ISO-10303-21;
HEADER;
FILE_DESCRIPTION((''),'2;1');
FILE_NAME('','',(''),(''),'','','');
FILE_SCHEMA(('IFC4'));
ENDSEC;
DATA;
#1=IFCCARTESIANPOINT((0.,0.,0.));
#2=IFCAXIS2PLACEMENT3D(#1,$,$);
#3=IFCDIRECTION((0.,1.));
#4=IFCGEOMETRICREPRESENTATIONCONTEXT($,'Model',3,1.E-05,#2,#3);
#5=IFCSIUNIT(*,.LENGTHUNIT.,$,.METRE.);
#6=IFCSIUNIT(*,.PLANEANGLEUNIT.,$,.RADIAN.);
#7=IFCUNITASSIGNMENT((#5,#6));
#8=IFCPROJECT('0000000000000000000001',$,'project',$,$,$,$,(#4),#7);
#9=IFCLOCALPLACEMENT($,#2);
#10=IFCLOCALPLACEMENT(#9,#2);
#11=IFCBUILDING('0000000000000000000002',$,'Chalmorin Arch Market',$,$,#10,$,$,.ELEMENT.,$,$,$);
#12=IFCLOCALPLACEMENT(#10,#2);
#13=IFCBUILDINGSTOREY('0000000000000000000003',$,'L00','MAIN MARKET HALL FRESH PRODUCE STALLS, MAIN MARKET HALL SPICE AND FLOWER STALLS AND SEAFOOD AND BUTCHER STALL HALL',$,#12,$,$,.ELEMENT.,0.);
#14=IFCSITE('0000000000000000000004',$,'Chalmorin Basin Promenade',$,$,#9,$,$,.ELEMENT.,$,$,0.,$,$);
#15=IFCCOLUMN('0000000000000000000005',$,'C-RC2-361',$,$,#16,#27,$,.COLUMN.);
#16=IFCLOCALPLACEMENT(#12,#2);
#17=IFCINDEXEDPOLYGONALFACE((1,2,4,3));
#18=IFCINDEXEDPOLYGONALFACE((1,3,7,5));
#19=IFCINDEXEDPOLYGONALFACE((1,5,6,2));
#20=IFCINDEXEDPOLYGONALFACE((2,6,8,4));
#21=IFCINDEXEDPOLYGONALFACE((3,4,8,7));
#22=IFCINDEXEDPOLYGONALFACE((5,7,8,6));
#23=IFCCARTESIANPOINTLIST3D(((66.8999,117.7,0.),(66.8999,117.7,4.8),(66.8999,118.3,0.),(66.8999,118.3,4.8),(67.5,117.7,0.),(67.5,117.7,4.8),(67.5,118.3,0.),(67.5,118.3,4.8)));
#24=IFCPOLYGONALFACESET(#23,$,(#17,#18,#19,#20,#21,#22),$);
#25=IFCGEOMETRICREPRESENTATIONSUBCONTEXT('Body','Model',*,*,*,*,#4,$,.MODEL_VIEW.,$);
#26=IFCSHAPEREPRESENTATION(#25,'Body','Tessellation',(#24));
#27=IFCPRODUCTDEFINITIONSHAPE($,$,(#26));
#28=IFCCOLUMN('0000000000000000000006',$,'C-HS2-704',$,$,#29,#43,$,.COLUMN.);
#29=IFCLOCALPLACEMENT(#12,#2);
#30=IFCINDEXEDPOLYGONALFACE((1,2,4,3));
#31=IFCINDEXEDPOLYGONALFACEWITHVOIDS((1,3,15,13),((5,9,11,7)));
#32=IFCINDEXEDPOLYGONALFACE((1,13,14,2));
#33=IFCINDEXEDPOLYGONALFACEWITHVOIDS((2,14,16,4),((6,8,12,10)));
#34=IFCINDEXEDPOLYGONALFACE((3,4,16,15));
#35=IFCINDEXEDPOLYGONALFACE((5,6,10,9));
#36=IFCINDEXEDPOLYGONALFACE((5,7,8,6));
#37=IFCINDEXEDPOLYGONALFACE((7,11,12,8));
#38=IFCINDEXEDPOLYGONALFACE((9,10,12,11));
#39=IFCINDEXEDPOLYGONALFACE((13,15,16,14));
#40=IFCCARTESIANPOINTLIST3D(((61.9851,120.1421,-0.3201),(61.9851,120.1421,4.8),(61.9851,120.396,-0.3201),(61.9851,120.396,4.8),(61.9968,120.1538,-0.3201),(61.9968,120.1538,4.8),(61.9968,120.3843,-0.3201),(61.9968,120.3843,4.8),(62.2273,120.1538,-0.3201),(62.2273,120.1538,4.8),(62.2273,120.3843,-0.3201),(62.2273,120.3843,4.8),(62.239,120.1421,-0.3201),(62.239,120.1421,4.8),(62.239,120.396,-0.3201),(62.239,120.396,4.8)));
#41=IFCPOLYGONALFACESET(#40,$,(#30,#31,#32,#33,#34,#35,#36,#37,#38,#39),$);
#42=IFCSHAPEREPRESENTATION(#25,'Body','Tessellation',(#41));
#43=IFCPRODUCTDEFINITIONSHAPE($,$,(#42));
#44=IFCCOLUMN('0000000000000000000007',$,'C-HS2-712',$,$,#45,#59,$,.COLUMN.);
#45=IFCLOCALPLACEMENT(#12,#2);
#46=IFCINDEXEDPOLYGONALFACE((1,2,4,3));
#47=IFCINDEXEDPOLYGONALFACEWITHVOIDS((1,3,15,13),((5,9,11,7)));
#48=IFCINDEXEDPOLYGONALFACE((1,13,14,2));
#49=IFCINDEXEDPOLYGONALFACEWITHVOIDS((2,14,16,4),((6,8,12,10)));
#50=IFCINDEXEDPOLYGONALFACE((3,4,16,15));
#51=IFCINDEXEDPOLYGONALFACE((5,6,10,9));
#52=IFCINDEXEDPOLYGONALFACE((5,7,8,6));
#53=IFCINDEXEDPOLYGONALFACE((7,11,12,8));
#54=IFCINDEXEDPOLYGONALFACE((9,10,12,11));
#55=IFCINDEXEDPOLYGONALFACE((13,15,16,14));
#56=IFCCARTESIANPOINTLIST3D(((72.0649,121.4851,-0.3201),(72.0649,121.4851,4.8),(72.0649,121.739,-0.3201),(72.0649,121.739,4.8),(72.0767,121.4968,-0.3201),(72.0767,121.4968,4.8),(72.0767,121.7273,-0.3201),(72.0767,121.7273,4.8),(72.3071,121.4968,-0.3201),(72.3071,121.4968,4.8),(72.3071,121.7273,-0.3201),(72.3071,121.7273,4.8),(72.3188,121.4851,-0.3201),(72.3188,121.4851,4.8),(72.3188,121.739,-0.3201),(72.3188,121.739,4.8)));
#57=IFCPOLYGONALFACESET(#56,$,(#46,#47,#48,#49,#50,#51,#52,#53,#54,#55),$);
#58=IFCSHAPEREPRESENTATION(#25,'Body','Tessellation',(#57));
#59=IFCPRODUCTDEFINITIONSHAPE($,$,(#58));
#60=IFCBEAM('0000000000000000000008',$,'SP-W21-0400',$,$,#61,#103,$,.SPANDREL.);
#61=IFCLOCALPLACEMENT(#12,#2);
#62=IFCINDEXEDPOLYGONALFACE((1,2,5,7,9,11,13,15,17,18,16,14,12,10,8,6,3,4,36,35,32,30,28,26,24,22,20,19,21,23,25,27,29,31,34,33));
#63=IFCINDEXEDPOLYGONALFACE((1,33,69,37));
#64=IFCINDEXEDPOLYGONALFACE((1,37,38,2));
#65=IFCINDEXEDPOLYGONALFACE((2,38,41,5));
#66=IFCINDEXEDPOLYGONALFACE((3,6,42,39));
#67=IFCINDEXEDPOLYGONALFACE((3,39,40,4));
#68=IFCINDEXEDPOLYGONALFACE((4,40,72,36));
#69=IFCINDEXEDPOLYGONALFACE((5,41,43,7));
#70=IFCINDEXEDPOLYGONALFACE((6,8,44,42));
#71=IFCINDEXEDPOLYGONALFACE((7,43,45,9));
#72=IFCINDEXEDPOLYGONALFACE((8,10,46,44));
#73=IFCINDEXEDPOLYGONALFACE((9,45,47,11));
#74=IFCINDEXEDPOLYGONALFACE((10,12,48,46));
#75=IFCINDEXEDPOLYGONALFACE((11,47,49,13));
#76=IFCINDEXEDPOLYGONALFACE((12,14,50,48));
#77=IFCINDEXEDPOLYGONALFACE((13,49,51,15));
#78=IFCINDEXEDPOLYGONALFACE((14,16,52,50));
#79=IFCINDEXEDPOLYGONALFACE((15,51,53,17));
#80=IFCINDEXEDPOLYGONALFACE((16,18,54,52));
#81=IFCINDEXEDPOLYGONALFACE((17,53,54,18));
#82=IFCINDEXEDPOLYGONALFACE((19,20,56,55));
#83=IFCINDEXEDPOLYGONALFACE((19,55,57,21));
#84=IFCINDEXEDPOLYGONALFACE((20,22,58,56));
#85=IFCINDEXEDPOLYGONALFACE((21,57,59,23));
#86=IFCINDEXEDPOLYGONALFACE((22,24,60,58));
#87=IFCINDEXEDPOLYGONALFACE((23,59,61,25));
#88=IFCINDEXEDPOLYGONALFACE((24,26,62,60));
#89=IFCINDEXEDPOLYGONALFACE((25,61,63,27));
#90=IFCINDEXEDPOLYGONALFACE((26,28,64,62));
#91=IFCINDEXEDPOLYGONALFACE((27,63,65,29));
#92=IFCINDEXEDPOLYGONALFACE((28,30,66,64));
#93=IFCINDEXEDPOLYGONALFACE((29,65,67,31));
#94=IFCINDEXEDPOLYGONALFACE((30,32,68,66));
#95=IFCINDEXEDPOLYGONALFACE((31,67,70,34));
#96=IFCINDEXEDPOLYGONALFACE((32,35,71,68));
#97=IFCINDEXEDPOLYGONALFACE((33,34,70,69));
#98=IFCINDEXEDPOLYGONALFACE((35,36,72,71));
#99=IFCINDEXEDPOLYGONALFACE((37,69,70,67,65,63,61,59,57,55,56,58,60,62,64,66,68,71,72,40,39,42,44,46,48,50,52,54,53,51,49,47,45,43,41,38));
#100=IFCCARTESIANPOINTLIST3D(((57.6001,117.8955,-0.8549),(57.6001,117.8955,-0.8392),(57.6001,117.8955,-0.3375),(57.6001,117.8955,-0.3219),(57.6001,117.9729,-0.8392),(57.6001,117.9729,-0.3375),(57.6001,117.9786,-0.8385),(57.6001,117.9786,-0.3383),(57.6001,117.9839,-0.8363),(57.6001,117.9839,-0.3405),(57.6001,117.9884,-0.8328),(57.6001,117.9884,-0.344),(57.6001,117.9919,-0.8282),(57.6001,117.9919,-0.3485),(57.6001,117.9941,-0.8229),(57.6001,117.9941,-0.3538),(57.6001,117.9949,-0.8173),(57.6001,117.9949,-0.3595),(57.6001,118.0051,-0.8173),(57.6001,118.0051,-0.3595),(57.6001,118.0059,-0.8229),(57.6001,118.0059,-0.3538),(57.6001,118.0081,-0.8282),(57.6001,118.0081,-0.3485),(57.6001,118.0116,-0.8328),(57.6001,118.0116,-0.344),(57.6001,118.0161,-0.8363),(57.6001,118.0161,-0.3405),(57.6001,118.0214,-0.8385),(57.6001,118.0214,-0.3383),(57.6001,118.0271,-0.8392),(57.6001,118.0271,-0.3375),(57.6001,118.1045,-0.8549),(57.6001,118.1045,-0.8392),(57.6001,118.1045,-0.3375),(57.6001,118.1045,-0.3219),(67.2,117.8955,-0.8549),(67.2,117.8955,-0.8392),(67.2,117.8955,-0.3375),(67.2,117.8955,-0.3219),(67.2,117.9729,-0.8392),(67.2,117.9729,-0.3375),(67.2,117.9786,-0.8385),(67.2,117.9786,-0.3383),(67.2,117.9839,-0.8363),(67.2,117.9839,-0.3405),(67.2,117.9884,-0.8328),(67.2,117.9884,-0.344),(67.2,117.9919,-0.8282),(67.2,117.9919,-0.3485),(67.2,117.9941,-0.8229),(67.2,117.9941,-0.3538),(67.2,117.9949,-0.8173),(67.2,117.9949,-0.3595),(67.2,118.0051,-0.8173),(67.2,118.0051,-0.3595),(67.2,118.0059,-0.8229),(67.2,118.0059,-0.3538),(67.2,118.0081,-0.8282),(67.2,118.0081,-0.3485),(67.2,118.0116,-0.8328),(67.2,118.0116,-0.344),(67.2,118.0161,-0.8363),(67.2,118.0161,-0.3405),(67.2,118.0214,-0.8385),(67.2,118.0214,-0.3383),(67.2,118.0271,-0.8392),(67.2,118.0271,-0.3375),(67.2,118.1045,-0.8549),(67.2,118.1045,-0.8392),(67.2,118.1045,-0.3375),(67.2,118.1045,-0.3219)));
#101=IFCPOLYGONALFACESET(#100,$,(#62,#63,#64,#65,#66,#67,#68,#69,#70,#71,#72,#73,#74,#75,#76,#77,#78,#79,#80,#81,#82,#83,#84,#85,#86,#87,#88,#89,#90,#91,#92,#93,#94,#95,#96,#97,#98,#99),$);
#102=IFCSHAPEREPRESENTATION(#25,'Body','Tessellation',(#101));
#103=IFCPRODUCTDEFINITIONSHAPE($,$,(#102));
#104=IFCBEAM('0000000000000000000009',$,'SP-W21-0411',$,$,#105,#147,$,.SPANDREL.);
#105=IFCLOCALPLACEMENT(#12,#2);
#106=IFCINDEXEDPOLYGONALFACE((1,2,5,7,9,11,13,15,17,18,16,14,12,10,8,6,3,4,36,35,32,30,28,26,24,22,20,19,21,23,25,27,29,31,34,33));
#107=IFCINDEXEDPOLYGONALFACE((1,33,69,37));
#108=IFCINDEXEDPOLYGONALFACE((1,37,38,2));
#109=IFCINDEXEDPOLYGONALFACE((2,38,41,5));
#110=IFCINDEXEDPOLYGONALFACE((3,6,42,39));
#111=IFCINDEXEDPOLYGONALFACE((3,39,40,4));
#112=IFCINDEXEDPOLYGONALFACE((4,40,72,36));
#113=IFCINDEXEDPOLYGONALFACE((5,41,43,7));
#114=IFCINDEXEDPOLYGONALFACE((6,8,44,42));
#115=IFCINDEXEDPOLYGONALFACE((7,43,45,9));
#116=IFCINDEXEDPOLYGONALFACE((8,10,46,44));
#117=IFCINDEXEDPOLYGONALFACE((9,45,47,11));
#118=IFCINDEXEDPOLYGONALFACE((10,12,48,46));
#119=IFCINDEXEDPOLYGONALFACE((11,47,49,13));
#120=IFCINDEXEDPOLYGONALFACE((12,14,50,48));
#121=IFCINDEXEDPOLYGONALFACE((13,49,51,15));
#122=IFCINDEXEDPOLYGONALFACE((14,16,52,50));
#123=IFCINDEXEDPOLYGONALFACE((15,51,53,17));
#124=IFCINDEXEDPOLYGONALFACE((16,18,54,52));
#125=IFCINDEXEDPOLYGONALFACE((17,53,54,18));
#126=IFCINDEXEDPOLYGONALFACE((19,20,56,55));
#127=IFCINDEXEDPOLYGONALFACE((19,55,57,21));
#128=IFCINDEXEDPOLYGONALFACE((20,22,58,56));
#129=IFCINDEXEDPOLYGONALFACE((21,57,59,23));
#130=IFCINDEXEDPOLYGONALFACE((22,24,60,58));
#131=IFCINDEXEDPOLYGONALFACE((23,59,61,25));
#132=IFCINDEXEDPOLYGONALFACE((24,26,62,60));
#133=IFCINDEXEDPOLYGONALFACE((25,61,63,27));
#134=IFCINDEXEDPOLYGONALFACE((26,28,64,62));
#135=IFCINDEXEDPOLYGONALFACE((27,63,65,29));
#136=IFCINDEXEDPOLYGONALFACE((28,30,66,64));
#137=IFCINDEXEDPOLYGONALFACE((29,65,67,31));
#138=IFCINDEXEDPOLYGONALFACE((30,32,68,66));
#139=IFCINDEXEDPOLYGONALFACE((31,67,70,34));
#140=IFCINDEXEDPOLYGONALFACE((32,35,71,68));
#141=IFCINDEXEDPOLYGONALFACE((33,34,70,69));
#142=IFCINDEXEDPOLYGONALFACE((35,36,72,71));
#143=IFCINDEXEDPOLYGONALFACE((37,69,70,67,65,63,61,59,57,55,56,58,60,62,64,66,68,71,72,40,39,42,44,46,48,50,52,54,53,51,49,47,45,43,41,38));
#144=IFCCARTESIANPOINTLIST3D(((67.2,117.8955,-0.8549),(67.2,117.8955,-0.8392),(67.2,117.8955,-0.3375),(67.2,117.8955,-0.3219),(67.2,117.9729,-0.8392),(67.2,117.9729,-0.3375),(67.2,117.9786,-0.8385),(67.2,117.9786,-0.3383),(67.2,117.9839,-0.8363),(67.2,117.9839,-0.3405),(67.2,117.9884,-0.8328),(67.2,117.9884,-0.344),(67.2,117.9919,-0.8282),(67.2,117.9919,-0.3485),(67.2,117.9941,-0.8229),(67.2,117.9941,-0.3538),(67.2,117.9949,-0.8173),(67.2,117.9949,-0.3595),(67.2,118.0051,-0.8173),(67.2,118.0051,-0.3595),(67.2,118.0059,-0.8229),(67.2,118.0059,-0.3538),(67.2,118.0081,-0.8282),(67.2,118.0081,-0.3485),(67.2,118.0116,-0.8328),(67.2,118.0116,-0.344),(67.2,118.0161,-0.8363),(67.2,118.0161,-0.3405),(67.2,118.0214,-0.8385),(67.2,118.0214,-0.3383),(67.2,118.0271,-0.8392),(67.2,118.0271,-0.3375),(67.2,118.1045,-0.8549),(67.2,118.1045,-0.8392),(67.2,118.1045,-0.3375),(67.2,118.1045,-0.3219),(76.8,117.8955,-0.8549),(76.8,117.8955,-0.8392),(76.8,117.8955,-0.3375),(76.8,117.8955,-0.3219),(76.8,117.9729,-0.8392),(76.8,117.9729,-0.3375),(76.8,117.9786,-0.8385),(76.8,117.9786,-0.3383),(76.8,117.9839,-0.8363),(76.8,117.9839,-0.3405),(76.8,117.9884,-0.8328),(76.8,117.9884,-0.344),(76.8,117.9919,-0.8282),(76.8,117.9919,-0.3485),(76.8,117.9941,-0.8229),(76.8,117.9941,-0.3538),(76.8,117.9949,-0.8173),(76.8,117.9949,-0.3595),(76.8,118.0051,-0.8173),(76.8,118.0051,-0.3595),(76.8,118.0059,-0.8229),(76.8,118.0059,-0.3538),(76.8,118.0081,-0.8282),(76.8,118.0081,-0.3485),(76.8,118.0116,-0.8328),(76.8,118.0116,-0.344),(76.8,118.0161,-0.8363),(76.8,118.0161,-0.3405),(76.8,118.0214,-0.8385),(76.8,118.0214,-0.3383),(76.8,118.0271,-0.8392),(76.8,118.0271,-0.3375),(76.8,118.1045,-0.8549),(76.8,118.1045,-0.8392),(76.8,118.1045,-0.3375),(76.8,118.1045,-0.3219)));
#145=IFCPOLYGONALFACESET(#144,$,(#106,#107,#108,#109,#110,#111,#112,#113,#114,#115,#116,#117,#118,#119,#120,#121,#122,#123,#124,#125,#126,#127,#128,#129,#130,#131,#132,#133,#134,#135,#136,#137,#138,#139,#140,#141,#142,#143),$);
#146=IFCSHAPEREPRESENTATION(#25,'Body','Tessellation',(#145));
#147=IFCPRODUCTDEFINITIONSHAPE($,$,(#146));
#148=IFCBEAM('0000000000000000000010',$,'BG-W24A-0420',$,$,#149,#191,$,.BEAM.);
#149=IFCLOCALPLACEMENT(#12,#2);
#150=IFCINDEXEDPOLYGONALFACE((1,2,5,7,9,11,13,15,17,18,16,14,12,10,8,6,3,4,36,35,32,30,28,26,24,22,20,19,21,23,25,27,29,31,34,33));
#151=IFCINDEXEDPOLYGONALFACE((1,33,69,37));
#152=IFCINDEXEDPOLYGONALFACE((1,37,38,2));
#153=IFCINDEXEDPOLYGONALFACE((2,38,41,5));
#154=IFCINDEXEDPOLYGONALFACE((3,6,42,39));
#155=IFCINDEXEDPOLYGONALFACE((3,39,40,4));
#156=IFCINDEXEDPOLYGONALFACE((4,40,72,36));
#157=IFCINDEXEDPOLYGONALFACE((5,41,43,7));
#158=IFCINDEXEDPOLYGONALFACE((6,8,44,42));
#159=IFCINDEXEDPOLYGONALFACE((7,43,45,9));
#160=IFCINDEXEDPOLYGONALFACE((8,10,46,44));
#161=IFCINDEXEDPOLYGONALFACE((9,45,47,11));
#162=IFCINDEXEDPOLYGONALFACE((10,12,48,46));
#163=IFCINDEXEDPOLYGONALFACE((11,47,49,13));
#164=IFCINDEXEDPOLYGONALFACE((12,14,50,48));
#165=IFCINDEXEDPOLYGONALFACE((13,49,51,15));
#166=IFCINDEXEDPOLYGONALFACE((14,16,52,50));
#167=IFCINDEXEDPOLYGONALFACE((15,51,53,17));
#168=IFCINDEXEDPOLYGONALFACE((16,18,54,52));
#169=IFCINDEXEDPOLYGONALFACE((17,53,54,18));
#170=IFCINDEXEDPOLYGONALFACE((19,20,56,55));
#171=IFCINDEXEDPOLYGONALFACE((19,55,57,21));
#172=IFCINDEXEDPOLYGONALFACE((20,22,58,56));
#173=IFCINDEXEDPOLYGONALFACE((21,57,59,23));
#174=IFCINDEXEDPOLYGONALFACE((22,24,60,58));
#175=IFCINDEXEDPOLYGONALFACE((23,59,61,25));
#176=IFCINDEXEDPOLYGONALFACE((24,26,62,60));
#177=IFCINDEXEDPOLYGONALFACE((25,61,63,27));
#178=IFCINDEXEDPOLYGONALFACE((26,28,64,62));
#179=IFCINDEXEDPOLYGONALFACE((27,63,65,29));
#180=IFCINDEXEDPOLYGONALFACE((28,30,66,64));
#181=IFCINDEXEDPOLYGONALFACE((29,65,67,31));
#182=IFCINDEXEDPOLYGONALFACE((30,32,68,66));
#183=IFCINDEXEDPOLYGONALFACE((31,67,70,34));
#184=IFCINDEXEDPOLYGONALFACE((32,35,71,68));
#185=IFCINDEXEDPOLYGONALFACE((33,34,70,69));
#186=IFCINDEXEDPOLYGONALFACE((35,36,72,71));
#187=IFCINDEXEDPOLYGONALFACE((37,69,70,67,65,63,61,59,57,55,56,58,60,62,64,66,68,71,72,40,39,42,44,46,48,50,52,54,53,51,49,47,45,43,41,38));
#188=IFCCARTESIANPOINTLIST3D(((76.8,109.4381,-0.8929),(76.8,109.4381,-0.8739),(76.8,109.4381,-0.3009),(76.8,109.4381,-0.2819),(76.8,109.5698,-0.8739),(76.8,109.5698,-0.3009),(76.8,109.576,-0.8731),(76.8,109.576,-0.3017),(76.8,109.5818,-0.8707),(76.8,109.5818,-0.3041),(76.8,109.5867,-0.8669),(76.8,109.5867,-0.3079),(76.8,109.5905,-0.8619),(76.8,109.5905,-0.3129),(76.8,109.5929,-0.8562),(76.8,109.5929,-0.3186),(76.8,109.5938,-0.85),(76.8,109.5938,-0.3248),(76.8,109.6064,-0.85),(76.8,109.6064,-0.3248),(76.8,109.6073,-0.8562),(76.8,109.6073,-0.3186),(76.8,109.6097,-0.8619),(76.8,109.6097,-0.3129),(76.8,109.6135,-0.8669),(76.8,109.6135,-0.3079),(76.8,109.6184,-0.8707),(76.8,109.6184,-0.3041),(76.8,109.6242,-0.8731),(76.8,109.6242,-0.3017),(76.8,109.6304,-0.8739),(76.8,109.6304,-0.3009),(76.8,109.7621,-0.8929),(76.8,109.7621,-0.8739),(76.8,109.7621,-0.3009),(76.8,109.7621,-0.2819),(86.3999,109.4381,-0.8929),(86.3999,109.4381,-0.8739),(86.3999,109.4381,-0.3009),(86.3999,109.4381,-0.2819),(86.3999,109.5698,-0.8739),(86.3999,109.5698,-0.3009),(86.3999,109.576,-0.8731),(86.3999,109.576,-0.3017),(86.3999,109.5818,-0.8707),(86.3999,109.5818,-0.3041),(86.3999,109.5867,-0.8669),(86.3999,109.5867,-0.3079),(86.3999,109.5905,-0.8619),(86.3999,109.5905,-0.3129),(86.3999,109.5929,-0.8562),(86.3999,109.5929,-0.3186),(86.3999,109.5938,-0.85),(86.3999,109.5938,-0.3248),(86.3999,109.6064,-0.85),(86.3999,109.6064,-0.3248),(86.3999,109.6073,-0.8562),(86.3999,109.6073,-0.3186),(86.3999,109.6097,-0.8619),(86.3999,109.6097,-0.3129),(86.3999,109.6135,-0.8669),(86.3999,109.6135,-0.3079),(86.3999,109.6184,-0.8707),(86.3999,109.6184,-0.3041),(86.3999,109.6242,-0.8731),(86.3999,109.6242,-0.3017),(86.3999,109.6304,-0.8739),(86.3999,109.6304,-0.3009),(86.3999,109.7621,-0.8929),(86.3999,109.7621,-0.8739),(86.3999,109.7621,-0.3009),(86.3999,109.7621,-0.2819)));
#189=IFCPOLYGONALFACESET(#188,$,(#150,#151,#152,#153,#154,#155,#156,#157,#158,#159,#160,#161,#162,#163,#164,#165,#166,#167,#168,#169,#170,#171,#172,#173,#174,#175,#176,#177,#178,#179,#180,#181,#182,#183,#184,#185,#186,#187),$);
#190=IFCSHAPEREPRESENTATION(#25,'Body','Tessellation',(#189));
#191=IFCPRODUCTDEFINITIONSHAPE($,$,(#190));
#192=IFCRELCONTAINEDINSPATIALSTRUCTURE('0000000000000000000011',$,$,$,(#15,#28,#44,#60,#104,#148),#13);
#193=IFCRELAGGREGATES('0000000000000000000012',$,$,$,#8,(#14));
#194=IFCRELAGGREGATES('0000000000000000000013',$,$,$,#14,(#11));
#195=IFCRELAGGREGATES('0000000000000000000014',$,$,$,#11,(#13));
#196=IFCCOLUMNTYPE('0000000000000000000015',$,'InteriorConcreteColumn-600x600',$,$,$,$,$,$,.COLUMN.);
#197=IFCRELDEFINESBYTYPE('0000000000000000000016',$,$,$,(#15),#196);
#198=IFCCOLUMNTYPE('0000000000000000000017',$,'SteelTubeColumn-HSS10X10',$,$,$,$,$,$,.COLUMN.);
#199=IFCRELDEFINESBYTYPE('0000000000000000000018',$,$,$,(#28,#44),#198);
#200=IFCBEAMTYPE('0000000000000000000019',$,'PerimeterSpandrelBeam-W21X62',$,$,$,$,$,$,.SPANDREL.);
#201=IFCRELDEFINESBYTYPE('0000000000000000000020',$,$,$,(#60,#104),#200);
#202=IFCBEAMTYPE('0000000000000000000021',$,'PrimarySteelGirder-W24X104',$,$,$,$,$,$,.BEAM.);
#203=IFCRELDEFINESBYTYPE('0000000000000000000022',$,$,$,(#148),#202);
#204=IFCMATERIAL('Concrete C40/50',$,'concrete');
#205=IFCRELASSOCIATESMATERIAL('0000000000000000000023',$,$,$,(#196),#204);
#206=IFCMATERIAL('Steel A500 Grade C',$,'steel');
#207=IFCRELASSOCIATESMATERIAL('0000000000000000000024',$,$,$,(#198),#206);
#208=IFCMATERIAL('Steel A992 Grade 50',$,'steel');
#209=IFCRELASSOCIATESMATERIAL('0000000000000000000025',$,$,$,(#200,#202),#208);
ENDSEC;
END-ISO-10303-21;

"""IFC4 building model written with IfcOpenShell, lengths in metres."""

from ifc_helpers import new_model, si_unit, direction, frame, origin, origin_2d, place, context, subcontext, project, spatial, rectangle, hollow_rectangle, i_section, extrude, material, material_profile, profile_set, type_object, element, save


model = new_model("IFC4")

# Units and contexts
model_context = context("Model", 3, precision=1e-05, world=origin(), true_north=direction((0.0, 1.0)))
body_context = subcontext(model_context, "Body", "Model", "MODEL_VIEW")
ifc_project = project(units=[si_unit("LENGTHUNIT", "METRE"), si_unit("PLANEANGLEUNIT", "RADIAN")], contexts=[model_context])

# Site, building, storey
site_placement = place(None, origin())
site = spatial("IfcSite", under=ifc_project, at=site_placement, Name="Chalmorin Basin Promenade", CompositionType="ELEMENT", RefElevation=0.0)
building_placement = place(site_placement, origin())
building = spatial("IfcBuilding", under=site, at=building_placement, Name="Chalmorin Arch Market", CompositionType="ELEMENT")
storey_placement = place(building_placement, origin())
storey = spatial("IfcBuildingStorey", under=building, at=storey_placement, Name="L00", Description="MAIN MARKET HALL FRESH PRODUCE STALLS, MAIN MARKET HALL SPICE AND FLOWER STALLS AND SEAFOOD AND BUTCHER STALL HALL", CompositionType="ELEMENT", Elevation=0.0)

# Columns
ifc_material_1 = material(Name="Concrete C40/50", Category="concrete")
ifc_material_profile_1 = material_profile(ifc_material_1, rectangle(XDim=0.6001, YDim=0.6001, at=origin_2d()), Name="RC600X600")
ifc_profile_set_1 = profile_set([ifc_material_profile_1], Name="Concrete C40/50")
column_type_1 = type_object("IfcColumnType", Name="InteriorConcreteColumn-600x600", PredefinedType="COLUMN", material=ifc_profile_set_1)
column_placement = place(storey_placement, frame((67.2, 118.0, 0.0), z_axis=(0.0, 0.0, 1.0), x_axis=(1.0, 0.0, 0.0)))
element("IfcColumn", 1, at=column_placement, inside=storey, type_object=column_type_1, Name="C-RC2-361", PredefinedType="COLUMN", context=body_context, shape_type="SweptSolid", body=[
    extrude(rectangle(XDim=0.6001, YDim=0.6001, at=origin_2d()), origin(), (0.0, 0.0, 1.0), 4.8),
])
ifc_material_2 = material(Name="Steel A500 Grade C", Category="steel")
ifc_material_profile_2 = material_profile(ifc_material_2, hollow_rectangle(XDim=0.2539, YDim=0.2539, WallThickness=0.0117, at=origin_2d()), Name="HSS10X10X1/2")
ifc_profile_set_2 = profile_set([ifc_material_profile_2], Name="Steel A500 Grade C")
column_type_2 = type_object("IfcColumnType", Name="SteelTubeColumn-HSS10X10", PredefinedType="COLUMN", material=ifc_profile_set_2)
for number, where, z_axis, x_axis, name in (
    (2, (62.1121, 120.269, -0.3201), (0.0, 0.0, 1.0), (1.0, 0.0, 0.0), "C-HS2-704"),
    (3, (72.1919, 121.6121, -0.3201), (0.0, 0.0, 1.0), (1.0, 0.0, 0.0), "C-HS2-712"),
):
    element("IfcColumn", number, at=place(storey_placement, frame(where, z_axis=z_axis, x_axis=x_axis)), inside=storey, type_object=column_type_2, Name=name, PredefinedType="COLUMN", context=body_context, shape_type="SweptSolid", body=[
        extrude(hollow_rectangle(XDim=0.2539, YDim=0.2539, WallThickness=0.0117, at=origin_2d()), origin(), (0.0, 0.0, 1.0), 5.1201),
    ])

# Beams
ifc_material_3 = material(Name="Steel A992 Grade 50", Category="steel")
ifc_material_profile_3 = material_profile(ifc_material_3, i_section(OverallWidth=0.209, OverallDepth=0.533, WebThickness=0.0103, FlangeThickness=0.0156, FilletRadius=0.022, at=origin_2d()), Name="W21X62")
ifc_profile_set_3 = profile_set([ifc_material_profile_3], Name="Steel A992 Grade 50")
beam_type_1 = type_object("IfcBeamType", Name="PerimeterSpandrelBeam-W21X62", PredefinedType="SPANDREL", material=ifc_profile_set_3)
beam_1_placement = place(storey_placement, frame((57.6001, 118.0, -0.5884), z_axis=(1.0, 0.0, 0.0), x_axis=(0.0, 1.0, 0.0)))
element("IfcBeam", 4, at=beam_1_placement, inside=storey, type_object=beam_type_1, Name="SP-W21-0400", PredefinedType="SPANDREL", context=body_context, shape_type="SweptSolid", body=[
    extrude(i_section(OverallWidth=0.209, OverallDepth=0.533, WebThickness=0.0103, FlangeThickness=0.0156, FilletRadius=0.022, at=origin_2d()), origin(), (0.0, 0.0, 1.0), 9.5999),
])
beam_2_placement = place(storey_placement, frame((67.2, 118.0, -0.5884), z_axis=(1.0, 0.0, 0.0), x_axis=(0.0, 1.0, 0.0)))
element("IfcBeam", 5, at=beam_2_placement, inside=storey, type_object=beam_type_1, Name="SP-W21-0411", PredefinedType="SPANDREL", context=body_context, shape_type="SweptSolid", body=[
    extrude(i_section(OverallWidth=0.209, OverallDepth=0.533, WebThickness=0.0103, FlangeThickness=0.0156, FilletRadius=0.022, at=origin_2d()), origin(), (0.0, 0.0, 1.0), 9.6001),
])
ifc_material_profile_4 = material_profile(ifc_material_3, i_section(OverallWidth=0.324, OverallDepth=0.6111, WebThickness=0.0127, FlangeThickness=0.019, FilletRadius=0.0239, at=origin_2d()), Name="W24X104")
ifc_profile_set_4 = profile_set([ifc_material_profile_4], Name="Steel A992 Grade 50")
beam_type_2 = type_object("IfcBeamType", Name="PrimarySteelGirder-W24X104", PredefinedType="BEAM", material=ifc_profile_set_4)
beam_3_placement = place(storey_placement, frame((76.8, 109.6001, -0.5874), z_axis=(1.0, 0.0, 0.0), x_axis=(0.0, 1.0, 0.0)))
element("IfcBeam", 6, at=beam_3_placement, inside=storey, type_object=beam_type_2, Name="BG-W24A-0420", PredefinedType="BEAM", context=body_context, shape_type="SweptSolid", body=[
    extrude(i_section(OverallWidth=0.324, OverallDepth=0.6111, WebThickness=0.0127, FlangeThickness=0.019, FilletRadius=0.0239, at=origin_2d()), origin(), (0.0, 0.0, 1.0), 9.5999),
])

save(model, "model.ifc")
